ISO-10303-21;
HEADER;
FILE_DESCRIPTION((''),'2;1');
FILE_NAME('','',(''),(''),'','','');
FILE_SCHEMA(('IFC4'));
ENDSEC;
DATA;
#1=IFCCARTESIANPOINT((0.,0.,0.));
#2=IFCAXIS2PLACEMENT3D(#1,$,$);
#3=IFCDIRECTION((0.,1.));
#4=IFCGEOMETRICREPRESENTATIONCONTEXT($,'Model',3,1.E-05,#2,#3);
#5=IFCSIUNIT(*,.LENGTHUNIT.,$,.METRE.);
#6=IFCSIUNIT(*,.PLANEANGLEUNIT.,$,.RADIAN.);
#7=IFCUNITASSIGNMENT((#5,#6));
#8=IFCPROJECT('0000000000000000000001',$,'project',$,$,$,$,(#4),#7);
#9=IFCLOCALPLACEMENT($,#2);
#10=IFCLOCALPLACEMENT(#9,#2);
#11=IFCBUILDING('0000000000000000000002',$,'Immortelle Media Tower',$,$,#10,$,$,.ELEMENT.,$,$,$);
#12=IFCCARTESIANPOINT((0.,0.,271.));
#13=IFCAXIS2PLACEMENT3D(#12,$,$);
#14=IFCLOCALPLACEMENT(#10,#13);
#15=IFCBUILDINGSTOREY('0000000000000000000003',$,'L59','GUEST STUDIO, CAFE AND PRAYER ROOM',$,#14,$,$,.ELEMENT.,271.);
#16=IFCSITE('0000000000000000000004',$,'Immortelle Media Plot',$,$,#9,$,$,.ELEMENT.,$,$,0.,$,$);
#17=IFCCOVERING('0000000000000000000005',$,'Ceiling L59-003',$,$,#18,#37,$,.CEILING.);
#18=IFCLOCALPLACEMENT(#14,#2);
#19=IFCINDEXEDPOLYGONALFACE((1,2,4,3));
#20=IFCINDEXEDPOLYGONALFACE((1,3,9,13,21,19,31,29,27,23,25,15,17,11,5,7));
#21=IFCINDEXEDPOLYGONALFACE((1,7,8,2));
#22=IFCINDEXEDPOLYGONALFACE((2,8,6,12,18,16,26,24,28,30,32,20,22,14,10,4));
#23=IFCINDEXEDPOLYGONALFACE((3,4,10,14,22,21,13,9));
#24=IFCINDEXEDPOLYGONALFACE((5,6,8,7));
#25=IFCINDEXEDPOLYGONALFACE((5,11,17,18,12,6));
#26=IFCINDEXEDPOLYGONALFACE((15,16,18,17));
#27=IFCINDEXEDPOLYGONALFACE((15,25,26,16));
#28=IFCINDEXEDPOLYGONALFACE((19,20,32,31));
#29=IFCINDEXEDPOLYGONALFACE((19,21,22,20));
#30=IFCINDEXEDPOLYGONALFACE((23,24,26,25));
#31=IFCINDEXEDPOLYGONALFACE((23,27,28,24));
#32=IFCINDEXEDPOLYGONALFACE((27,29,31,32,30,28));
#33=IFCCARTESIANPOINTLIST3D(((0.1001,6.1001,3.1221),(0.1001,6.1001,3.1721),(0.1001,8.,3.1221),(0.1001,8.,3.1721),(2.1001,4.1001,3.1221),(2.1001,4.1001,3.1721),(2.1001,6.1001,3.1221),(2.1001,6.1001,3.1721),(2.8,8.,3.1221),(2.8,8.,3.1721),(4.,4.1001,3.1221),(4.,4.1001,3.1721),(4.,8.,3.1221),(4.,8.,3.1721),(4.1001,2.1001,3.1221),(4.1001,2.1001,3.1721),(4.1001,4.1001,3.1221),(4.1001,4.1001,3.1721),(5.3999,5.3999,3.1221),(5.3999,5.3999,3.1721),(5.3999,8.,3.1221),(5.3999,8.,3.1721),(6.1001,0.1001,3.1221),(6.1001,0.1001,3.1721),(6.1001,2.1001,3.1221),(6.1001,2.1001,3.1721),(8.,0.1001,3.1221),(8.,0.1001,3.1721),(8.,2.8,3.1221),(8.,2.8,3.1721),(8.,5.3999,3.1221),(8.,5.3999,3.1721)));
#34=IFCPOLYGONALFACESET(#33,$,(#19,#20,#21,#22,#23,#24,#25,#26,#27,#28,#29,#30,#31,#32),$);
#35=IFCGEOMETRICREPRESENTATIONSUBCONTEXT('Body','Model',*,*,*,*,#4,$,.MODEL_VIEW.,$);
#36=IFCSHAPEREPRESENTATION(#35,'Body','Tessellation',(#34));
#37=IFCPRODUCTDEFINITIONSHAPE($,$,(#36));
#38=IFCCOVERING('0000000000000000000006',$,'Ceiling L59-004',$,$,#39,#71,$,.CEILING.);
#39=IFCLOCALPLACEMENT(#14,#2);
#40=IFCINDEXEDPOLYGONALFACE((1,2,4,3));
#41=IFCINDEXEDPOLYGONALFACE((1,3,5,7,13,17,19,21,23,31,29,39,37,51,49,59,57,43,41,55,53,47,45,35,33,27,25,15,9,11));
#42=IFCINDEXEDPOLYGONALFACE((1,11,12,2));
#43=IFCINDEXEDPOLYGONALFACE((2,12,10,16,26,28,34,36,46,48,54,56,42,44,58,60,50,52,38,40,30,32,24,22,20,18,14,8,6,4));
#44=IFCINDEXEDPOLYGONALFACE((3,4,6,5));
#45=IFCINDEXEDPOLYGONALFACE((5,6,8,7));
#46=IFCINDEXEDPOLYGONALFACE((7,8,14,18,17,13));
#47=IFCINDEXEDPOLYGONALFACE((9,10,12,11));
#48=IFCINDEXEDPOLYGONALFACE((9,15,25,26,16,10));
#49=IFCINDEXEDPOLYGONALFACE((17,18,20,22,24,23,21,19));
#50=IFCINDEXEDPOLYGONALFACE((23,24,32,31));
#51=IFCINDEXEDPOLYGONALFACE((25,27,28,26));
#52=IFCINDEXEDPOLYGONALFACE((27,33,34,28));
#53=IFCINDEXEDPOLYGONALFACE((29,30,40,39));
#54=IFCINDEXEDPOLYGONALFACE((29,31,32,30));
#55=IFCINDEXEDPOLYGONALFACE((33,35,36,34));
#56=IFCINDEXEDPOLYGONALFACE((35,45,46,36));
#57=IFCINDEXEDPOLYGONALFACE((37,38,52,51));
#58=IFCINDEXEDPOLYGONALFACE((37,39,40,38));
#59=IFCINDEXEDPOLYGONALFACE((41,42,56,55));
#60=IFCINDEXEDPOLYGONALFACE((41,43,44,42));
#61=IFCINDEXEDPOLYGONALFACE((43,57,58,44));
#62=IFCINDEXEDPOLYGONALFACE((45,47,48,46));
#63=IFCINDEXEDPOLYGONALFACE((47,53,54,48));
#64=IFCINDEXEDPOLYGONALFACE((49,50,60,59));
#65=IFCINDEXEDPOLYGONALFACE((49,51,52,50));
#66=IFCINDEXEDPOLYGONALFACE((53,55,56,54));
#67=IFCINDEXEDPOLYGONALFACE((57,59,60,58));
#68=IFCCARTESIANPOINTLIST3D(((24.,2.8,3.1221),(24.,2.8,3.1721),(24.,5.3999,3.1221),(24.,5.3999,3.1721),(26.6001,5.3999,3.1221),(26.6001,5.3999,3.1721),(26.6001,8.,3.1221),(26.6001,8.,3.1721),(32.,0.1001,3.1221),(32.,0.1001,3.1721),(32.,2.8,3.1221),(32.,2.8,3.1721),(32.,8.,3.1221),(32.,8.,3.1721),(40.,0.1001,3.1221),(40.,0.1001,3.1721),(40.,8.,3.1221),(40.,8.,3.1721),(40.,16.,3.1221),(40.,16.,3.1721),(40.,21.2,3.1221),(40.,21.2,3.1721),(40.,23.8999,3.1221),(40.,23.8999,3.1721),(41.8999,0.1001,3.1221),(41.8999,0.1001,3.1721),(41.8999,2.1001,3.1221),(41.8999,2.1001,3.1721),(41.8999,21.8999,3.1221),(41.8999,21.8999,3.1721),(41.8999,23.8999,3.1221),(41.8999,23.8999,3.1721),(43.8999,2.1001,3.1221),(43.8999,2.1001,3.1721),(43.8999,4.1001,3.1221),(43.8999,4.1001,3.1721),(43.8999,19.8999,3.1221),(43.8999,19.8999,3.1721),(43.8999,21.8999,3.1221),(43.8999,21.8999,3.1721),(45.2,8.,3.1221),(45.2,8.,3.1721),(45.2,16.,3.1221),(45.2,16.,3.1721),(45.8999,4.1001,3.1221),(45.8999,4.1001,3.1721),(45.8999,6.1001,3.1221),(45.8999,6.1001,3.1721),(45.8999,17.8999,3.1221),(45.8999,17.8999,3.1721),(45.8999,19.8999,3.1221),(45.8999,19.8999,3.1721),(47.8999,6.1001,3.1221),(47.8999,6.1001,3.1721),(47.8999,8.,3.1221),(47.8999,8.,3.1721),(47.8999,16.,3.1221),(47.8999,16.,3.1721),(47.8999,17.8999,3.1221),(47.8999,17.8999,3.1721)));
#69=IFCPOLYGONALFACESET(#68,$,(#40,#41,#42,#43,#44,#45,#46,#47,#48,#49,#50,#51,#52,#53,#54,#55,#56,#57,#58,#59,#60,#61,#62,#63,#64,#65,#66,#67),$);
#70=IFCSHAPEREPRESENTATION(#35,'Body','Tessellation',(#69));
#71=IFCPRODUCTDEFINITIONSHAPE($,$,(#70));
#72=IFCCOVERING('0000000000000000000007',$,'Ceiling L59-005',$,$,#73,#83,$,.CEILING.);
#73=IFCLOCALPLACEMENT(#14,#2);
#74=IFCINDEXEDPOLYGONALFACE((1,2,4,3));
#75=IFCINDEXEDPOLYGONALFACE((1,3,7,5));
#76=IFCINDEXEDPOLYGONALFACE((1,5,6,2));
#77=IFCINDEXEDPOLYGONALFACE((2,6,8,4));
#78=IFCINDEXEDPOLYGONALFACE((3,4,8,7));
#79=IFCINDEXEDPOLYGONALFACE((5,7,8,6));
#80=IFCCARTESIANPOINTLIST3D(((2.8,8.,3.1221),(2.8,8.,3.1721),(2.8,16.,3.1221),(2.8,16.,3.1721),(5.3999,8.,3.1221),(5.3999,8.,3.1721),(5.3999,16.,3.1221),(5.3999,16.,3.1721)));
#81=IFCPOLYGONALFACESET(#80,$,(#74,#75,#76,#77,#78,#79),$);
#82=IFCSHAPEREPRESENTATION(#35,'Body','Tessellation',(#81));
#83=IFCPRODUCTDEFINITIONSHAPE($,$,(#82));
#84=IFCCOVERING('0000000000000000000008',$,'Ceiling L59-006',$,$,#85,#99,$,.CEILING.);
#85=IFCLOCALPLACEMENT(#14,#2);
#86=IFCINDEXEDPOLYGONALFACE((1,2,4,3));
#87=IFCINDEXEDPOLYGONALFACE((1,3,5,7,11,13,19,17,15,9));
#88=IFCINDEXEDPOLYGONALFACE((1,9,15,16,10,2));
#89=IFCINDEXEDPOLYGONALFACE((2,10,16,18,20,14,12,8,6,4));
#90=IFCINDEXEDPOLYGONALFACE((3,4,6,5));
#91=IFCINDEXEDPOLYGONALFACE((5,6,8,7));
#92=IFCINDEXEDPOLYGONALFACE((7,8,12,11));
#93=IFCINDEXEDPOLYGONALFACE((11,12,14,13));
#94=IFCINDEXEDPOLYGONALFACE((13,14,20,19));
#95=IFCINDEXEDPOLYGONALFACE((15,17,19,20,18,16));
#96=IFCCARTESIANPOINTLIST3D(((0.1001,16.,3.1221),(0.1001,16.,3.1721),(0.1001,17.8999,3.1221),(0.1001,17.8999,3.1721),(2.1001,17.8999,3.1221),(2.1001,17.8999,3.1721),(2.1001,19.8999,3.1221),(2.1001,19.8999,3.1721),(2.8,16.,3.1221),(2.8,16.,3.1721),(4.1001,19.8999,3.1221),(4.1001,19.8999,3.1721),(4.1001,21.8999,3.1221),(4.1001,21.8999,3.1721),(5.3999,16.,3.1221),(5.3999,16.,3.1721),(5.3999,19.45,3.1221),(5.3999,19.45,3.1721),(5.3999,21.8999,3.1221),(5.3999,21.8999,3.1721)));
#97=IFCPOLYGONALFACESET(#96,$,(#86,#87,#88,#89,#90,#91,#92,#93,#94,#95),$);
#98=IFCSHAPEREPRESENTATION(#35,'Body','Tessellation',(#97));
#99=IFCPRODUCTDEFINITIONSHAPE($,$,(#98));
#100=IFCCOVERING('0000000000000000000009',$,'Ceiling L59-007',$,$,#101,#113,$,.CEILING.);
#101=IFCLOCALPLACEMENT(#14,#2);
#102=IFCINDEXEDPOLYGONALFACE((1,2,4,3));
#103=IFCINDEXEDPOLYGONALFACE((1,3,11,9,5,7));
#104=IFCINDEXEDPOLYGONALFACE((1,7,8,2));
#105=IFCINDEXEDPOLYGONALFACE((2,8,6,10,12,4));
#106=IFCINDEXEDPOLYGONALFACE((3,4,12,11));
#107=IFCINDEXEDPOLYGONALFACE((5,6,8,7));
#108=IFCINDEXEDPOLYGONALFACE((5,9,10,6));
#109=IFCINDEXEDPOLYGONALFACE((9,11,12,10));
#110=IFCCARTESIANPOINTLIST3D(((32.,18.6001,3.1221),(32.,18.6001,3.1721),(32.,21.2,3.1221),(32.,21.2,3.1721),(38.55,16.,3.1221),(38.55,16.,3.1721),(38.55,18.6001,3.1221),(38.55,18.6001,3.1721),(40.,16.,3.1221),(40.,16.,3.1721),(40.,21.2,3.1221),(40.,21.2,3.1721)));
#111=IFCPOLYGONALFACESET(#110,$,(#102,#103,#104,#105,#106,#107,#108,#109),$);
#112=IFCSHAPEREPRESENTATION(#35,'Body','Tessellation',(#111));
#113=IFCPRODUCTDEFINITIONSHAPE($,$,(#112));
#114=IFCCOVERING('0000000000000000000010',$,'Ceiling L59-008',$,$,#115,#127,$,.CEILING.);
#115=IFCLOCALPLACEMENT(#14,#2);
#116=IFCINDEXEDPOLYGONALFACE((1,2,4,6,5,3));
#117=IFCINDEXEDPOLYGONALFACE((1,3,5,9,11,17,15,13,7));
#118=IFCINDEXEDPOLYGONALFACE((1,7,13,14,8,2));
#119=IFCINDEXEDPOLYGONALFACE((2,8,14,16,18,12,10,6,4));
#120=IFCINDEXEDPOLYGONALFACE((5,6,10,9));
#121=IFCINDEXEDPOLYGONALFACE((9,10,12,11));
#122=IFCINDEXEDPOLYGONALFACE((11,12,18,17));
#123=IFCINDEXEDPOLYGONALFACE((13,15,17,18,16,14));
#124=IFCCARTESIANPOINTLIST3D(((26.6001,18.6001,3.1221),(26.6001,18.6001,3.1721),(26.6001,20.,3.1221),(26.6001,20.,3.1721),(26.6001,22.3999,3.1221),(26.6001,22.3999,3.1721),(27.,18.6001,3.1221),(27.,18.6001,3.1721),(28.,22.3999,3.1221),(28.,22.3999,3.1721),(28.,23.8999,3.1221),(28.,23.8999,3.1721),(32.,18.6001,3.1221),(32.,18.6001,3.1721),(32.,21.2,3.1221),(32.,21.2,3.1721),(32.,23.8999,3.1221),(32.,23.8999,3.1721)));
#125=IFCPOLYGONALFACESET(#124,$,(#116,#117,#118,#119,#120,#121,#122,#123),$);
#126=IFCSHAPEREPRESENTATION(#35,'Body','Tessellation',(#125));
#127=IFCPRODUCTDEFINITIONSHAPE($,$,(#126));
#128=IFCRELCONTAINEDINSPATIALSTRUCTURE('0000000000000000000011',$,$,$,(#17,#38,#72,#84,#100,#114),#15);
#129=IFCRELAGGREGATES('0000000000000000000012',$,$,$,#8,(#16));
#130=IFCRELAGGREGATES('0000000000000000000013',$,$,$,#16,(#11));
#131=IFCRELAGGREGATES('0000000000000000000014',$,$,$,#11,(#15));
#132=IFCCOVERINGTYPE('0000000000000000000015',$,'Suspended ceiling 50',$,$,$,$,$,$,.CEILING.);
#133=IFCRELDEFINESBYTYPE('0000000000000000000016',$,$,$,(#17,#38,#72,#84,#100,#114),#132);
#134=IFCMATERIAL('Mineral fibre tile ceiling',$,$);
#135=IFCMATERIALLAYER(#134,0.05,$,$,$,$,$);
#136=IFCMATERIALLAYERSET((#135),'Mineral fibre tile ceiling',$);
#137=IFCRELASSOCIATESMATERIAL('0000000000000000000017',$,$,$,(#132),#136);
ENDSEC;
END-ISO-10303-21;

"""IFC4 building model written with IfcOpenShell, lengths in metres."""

from ifc_helpers import new_model, si_unit, direction, frame, origin, place, context, subcontext, project, spatial, polyline, outline, extrude, material, layer, layer_set, type_object, element, save


model = new_model("IFC4")

# Units and contexts
model_context = context("Model", 3, precision=1e-05, world=origin(), true_north=direction((0.0, 1.0)))
body_context = subcontext(model_context, "Body", "Model", "MODEL_VIEW")
ifc_project = project(units=[si_unit("LENGTHUNIT", "METRE"), si_unit("PLANEANGLEUNIT", "RADIAN")], contexts=[model_context])

# Site, building, storey
site_placement = place(None, origin())
site = spatial("IfcSite", under=ifc_project, at=site_placement, Name="Immortelle Media Plot", CompositionType="ELEMENT", RefElevation=0.0)
building_placement = place(site_placement, origin())
building = spatial("IfcBuilding", under=site, at=building_placement, Name="Immortelle Media Tower", CompositionType="ELEMENT")
storey_placement = place(building_placement, frame((0.0, 0.0, 271.0)))
storey = spatial("IfcBuildingStorey", under=building, at=storey_placement, Name="L59", Description="GUEST STUDIO, CAFE AND PRAYER ROOM", CompositionType="ELEMENT", Elevation=271.0)

# Coverings
ifc_material_1 = material(Name="Mineral fibre tile ceiling")
ifc_layer_1 = layer(ifc_material_1, 0.05)
ifc_layer_set_1 = layer_set([ifc_layer_1], Name="Mineral fibre tile ceiling")
covering_type = type_object("IfcCoveringType", Name="Suspended ceiling 50", PredefinedType="CEILING", material=ifc_layer_set_1)
covering_1_placement = place(storey_placement, frame((0.0, 0.0, 3.1221)))
element("IfcCovering", 1, at=covering_1_placement, inside=storey, type_object=covering_type, Name="Ceiling L59-003", PredefinedType="CEILING", context=body_context, shape_type="SweptSolid", body=[
    extrude(outline(polyline([(4.1001, 2.1001), (4.1001, 4.1001), (4.0, 4.1001), (2.1001, 4.1001), (2.1001, 6.1001), (0.1001, 6.1001), (0.1001, 8.0), (2.8, 8.0), (4.0, 8.0), (5.3999, 8.0), (5.3999, 5.3999), (8.0, 5.3999), (8.0, 2.8), (8.0, 0.1001), (6.1001, 0.1001), (6.1001, 2.1001), (4.1001, 2.1001)])), origin(), (0.0, 0.0, 1.0), 0.05),
])
covering_2_placement = place(storey_placement, frame((0.0, 0.0, 3.1221)))
element("IfcCovering", 2, at=covering_2_placement, inside=storey, type_object=covering_type, Name="Ceiling L59-004", PredefinedType="CEILING", context=body_context, shape_type="SweptSolid", body=[
    extrude(outline(polyline([(26.6001, 5.3999), (26.6001, 8.0), (32.0, 8.0), (40.0, 8.0), (40.0, 16.0), (40.0, 21.2), (40.0, 23.8999), (41.8999, 23.8999), (41.8999, 21.8999), (43.8999, 21.8999), (43.8999, 19.8999), (45.8999, 19.8999), (45.8999, 17.8999), (47.8999, 17.8999), (47.8999, 16.0), (45.2, 16.0), (45.2, 8.0), (47.8999, 8.0), (47.8999, 6.1001), (45.8999, 6.1001), (45.8999, 4.1001), (43.8999, 4.1001), (43.8999, 2.1001), (41.8999, 2.1001), (41.8999, 0.1001), (40.0, 0.1001), (32.0, 0.1001), (32.0, 2.8), (24.0, 2.8), (24.0, 5.3999), (26.6001, 5.3999)])), origin(), (0.0, 0.0, 1.0), 0.05),
])
covering_3_placement = place(storey_placement, frame((0.0, 0.0, 3.1221)))
element("IfcCovering", 3, at=covering_3_placement, inside=storey, type_object=covering_type, Name="Ceiling L59-005", PredefinedType="CEILING", context=body_context, shape_type="SweptSolid", body=[
    extrude(outline(polyline([(5.3999, 8.0), (2.8, 8.0), (2.8, 16.0), (5.3999, 16.0), (5.3999, 8.0)])), origin(), (0.0, 0.0, 1.0), 0.05),
])
covering_4_placement = place(storey_placement, frame((0.0, 0.0, 3.1221)))
element("IfcCovering", 4, at=covering_4_placement, inside=storey, type_object=covering_type, Name="Ceiling L59-006", PredefinedType="CEILING", context=body_context, shape_type="SweptSolid", body=[
    extrude(outline(polyline([(2.1001, 17.8999), (2.1001, 19.8999), (4.1001, 19.8999), (4.1001, 21.8999), (5.3999, 21.8999), (5.3999, 19.45), (5.3999, 16.0), (2.8, 16.0), (0.1001, 16.0), (0.1001, 17.8999), (2.1001, 17.8999)])), origin(), (0.0, 0.0, 1.0), 0.05),
])
covering_5_placement = place(storey_placement, frame((0.0, 0.0, 3.1221)))
element("IfcCovering", 5, at=covering_5_placement, inside=storey, type_object=covering_type, Name="Ceiling L59-007", PredefinedType="CEILING", context=body_context, shape_type="SweptSolid", body=[
    extrude(outline(polyline([(38.55, 16.0), (38.55, 18.6001), (32.0, 18.6001), (32.0, 21.2), (40.0, 21.2), (40.0, 16.0), (38.55, 16.0)])), origin(), (0.0, 0.0, 1.0), 0.05),
])
covering_6_placement = place(storey_placement, frame((0.0, 0.0, 3.1221)))
element("IfcCovering", 6, at=covering_6_placement, inside=storey, type_object=covering_type, Name="Ceiling L59-008", PredefinedType="CEILING", context=body_context, shape_type="SweptSolid", body=[
    extrude(outline(polyline([(27.0, 18.6001), (26.6001, 18.6001), (26.6001, 20.0), (26.6001, 22.3999), (28.0, 22.3999), (28.0, 23.8999), (32.0, 23.8999), (32.0, 21.2), (32.0, 18.6001), (27.0, 18.6001)])), origin(), (0.0, 0.0, 1.0), 0.05),
])

save(model, "model.ifc")
